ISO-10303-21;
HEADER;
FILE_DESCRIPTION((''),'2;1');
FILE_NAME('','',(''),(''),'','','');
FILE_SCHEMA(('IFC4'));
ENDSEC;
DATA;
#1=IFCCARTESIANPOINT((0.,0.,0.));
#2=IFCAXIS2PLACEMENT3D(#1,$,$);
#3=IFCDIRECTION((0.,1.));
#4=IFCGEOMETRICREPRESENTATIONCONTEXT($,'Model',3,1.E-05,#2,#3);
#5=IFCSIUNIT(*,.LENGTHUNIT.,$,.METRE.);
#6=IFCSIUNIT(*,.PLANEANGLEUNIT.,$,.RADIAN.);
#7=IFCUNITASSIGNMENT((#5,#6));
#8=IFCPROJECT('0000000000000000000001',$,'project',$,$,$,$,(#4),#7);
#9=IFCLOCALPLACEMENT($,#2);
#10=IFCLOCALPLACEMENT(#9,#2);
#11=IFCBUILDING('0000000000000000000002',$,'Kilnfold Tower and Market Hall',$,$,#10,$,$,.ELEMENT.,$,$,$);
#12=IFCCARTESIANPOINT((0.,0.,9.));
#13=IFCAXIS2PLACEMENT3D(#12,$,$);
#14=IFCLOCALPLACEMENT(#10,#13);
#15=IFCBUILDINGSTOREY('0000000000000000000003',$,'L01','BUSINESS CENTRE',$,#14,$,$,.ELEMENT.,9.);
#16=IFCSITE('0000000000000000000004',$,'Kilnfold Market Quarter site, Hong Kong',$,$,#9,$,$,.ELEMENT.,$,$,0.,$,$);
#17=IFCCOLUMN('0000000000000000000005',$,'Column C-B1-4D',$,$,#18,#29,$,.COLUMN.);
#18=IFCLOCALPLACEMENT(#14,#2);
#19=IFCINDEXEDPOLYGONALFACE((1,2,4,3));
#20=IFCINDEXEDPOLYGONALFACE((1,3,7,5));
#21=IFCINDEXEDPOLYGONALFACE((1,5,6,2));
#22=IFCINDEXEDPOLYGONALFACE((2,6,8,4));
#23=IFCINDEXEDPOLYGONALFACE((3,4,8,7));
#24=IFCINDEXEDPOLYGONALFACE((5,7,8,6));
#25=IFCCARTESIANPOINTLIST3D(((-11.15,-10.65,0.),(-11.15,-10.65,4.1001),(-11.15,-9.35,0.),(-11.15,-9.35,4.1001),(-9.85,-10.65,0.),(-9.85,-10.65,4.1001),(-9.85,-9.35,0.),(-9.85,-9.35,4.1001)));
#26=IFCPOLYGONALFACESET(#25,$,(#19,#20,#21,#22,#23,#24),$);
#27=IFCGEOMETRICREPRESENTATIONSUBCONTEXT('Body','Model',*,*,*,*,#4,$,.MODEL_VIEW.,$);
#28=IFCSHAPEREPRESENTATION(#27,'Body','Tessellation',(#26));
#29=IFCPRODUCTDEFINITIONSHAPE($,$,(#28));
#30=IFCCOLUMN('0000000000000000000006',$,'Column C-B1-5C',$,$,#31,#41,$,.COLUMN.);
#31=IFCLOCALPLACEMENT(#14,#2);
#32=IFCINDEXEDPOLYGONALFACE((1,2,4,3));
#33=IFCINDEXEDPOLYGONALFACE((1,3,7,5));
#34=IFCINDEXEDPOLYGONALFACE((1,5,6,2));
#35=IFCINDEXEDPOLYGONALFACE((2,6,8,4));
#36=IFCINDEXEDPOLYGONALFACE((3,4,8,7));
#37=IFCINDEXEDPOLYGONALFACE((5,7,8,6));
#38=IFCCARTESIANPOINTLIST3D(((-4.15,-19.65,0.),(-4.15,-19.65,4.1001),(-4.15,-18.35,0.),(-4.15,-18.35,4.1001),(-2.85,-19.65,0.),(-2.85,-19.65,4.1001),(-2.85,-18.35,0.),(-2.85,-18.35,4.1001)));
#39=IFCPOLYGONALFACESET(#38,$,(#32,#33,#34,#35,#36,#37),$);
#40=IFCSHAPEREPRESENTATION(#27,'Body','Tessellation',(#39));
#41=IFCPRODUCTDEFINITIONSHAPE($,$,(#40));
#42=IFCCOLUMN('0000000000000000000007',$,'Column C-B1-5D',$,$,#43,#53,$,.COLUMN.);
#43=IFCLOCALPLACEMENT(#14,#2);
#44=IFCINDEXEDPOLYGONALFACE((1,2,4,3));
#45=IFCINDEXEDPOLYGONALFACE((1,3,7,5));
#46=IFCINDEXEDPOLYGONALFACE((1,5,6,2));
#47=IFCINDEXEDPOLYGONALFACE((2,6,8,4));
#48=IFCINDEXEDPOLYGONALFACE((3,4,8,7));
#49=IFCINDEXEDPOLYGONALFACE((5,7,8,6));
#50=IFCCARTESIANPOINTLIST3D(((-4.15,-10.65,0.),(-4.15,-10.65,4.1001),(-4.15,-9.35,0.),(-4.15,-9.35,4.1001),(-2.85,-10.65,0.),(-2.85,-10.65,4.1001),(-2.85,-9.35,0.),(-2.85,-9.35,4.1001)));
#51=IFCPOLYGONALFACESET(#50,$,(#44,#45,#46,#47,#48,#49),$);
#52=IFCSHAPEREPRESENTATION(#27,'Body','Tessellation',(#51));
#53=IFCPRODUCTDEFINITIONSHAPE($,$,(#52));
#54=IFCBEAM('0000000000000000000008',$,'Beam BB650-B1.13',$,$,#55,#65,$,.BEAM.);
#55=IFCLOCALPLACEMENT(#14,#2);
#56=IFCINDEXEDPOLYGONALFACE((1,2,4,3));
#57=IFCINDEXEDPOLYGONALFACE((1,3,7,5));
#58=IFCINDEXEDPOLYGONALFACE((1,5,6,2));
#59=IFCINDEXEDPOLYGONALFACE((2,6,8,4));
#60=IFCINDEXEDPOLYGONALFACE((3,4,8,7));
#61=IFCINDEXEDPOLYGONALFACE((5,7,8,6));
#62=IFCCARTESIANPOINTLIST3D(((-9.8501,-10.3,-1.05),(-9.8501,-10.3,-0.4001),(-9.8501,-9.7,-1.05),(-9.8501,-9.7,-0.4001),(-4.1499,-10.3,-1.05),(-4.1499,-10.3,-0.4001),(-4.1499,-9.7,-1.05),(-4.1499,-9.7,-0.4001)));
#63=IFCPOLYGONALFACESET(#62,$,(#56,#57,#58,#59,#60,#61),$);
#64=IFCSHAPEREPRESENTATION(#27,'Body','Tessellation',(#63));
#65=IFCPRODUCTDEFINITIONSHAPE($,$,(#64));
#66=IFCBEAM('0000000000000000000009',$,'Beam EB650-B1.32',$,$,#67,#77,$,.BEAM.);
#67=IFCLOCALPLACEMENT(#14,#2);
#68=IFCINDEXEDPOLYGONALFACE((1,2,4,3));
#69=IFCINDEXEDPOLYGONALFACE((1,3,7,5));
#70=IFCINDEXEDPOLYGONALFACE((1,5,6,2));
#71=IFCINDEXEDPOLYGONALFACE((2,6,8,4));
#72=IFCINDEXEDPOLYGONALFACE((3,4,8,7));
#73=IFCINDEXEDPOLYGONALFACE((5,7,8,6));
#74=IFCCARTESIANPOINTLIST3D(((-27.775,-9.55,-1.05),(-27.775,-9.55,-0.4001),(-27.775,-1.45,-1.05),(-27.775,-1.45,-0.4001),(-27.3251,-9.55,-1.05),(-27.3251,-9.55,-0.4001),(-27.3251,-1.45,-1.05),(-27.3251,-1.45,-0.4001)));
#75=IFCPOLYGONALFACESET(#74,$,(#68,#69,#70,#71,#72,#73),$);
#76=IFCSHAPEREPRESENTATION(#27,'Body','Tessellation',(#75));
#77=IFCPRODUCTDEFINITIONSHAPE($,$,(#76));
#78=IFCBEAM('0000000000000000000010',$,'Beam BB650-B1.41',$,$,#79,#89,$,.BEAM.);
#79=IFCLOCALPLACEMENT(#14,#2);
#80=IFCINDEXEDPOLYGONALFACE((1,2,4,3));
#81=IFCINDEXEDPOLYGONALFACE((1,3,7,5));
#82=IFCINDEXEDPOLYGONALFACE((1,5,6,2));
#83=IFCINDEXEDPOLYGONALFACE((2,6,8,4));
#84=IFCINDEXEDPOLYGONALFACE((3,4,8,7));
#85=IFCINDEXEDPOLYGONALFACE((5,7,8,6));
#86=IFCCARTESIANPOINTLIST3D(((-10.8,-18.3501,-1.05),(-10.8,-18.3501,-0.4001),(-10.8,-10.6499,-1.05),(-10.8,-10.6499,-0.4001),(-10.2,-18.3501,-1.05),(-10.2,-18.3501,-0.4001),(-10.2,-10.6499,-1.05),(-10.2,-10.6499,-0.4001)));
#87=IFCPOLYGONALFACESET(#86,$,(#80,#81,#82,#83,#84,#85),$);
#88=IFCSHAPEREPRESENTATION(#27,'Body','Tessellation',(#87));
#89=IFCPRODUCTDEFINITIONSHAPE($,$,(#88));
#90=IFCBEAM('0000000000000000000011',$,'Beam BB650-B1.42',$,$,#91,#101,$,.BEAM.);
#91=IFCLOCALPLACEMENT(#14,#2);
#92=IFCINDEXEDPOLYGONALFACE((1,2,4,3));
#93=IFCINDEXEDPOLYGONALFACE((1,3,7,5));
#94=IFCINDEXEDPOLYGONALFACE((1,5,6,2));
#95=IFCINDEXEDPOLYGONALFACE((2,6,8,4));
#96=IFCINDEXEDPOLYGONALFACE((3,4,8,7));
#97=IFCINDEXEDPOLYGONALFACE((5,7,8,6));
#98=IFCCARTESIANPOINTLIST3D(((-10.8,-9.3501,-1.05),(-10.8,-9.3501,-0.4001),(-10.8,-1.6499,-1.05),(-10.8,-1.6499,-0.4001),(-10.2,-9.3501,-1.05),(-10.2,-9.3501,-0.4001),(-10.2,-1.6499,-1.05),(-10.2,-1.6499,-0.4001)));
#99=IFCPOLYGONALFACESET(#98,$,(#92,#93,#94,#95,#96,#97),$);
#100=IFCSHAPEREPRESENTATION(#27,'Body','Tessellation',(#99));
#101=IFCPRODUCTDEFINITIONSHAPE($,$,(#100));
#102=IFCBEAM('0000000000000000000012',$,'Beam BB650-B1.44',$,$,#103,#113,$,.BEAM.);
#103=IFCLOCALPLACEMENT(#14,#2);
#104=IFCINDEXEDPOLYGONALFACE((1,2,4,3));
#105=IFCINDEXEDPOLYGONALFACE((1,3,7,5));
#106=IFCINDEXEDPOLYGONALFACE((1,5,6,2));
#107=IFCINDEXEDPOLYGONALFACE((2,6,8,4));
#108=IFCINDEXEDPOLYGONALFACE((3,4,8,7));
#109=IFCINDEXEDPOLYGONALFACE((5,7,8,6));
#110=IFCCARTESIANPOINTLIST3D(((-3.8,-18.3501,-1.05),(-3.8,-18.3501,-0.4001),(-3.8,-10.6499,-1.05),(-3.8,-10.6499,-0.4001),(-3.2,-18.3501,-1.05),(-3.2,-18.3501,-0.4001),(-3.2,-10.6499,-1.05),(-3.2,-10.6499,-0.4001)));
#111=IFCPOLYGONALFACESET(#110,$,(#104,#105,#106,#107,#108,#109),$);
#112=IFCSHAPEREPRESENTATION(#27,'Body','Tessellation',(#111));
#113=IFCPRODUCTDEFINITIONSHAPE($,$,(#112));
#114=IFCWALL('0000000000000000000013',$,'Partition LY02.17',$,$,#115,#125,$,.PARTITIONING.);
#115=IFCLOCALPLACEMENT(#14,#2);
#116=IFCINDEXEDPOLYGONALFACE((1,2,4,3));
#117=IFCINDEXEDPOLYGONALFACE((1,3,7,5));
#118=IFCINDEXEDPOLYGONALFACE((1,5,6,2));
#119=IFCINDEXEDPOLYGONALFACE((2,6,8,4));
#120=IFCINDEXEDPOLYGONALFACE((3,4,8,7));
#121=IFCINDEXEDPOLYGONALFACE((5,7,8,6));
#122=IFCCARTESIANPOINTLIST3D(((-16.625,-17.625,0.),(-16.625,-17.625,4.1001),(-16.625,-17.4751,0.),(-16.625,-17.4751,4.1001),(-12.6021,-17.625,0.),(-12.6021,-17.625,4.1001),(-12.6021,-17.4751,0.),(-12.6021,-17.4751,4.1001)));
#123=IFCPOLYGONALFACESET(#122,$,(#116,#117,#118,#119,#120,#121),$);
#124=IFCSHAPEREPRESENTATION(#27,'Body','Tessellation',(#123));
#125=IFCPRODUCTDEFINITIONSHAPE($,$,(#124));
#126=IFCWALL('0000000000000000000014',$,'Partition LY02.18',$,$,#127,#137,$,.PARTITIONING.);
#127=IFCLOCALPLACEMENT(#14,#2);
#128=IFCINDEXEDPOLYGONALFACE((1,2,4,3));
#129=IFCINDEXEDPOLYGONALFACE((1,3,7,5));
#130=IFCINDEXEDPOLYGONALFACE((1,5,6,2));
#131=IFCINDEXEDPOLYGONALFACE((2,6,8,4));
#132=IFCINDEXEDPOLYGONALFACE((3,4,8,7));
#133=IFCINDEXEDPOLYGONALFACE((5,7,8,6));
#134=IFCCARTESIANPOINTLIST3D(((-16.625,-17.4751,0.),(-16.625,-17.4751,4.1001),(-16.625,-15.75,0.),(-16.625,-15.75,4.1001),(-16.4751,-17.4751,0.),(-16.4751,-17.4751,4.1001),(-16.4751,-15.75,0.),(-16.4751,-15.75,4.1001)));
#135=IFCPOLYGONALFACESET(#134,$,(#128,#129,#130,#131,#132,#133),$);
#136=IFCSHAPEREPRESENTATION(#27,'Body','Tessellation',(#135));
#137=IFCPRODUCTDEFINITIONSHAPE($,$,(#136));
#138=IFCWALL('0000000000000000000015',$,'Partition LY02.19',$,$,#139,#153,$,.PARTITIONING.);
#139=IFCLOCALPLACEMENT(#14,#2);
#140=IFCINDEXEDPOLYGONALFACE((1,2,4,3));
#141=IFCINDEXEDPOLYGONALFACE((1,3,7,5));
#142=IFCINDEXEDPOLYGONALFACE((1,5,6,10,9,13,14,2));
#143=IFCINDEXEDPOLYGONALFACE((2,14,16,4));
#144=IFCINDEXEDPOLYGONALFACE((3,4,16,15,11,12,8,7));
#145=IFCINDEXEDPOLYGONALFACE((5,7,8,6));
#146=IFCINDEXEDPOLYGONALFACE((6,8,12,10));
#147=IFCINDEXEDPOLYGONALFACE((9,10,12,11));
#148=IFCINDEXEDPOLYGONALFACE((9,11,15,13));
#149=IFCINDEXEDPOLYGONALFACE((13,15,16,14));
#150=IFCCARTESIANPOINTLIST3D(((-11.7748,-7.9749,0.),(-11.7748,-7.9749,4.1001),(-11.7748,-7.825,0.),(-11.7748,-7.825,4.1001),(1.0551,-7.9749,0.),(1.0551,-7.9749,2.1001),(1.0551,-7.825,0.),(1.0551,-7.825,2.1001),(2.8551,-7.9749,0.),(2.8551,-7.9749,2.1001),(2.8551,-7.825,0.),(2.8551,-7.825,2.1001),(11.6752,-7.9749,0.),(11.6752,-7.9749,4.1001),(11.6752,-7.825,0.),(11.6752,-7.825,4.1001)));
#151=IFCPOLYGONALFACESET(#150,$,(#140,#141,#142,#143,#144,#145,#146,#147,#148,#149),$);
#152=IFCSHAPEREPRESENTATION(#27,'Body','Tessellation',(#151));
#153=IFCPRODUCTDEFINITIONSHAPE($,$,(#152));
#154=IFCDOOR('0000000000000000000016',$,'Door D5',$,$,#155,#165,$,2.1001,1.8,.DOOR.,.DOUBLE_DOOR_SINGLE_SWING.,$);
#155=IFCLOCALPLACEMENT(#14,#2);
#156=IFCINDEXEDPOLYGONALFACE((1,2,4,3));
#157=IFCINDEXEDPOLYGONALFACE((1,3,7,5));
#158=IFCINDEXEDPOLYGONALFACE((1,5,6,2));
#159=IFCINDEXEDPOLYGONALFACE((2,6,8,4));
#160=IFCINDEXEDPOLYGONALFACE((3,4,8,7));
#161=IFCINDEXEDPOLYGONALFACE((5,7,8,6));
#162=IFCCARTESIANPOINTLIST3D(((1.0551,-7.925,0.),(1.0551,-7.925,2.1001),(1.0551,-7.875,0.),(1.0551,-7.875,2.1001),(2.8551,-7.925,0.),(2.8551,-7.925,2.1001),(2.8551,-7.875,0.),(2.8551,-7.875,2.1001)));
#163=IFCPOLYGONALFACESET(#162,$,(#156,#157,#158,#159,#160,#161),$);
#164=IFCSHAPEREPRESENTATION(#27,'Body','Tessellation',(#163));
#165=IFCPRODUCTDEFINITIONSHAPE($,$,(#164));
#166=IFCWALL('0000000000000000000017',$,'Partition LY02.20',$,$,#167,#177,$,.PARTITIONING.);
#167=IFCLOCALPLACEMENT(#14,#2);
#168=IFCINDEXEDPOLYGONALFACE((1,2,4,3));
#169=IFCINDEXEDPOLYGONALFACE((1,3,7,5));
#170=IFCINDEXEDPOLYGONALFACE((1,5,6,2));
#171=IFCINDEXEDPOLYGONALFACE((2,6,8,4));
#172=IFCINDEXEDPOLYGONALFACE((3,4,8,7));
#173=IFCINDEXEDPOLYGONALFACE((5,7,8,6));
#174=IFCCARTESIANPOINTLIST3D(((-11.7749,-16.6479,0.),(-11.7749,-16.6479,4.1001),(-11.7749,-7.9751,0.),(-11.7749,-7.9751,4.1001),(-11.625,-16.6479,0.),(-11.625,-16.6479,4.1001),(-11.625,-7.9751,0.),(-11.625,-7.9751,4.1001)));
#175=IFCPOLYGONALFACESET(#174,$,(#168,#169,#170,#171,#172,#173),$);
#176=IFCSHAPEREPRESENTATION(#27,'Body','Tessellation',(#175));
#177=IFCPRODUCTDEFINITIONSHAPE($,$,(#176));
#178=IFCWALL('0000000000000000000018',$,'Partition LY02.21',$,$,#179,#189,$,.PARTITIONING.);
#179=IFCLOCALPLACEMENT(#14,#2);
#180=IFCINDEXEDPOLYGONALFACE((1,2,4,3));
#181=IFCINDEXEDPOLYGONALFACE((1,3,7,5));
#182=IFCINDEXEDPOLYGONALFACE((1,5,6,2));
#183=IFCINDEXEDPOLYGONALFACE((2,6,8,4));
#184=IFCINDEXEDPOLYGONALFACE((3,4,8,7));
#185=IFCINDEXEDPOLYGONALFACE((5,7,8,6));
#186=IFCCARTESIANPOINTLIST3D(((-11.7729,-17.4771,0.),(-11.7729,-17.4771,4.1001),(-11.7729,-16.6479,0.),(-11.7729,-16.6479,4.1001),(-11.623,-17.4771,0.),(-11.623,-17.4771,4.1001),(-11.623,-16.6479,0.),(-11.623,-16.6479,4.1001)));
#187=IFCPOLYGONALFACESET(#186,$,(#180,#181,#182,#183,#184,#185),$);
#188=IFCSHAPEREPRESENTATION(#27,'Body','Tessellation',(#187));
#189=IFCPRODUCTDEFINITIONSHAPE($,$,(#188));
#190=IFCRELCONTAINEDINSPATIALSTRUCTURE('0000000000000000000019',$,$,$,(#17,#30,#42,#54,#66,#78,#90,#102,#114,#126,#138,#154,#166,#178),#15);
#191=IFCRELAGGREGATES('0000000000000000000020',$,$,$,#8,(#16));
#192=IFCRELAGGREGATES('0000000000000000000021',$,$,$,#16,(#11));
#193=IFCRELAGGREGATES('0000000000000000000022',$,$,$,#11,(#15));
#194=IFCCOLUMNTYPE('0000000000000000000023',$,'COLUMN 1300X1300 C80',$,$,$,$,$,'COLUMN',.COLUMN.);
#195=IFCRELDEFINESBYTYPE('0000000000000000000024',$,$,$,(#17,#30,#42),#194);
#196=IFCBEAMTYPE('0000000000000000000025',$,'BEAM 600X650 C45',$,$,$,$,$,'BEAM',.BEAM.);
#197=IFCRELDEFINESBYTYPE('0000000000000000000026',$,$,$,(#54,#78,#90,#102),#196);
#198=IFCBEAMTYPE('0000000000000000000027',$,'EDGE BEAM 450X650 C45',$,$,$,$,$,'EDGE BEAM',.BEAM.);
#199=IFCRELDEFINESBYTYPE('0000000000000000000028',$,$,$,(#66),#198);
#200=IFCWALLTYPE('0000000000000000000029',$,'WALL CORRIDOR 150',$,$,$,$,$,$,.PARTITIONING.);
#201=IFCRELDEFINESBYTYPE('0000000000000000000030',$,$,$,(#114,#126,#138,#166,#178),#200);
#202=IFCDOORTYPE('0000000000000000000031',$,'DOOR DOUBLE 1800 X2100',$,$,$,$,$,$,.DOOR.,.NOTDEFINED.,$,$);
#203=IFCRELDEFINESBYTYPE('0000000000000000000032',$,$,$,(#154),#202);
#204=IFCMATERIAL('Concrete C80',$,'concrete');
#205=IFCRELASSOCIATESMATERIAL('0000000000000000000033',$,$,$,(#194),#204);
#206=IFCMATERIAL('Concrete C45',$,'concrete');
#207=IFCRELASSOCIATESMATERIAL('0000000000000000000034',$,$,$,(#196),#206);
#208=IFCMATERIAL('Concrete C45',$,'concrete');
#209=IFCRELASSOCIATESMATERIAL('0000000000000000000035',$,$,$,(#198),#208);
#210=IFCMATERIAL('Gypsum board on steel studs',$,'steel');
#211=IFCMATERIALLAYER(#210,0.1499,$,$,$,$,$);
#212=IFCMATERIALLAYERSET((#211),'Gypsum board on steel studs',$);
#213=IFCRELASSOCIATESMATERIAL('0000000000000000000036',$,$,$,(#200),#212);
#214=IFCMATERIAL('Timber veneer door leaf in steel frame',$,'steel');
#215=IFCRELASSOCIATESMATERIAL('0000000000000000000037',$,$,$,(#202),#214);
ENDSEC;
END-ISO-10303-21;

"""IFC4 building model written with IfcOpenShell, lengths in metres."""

from ifc_helpers import new_model, si_unit, direction, frame, frame_2d, origin, origin_2d, place, context, subcontext, project, spatial, rectangle, extrude, source, transform, mapped, material, layer, layer_set, material_profile, profile_set, type_object, element, fill, save


model = new_model("IFC4")

# Units and contexts
model_context = context("Model", 3, precision=1e-05, world=origin(), true_north=direction((0.0, 1.0)))
body_context = subcontext(model_context, "Body", "Model", "MODEL_VIEW")
ifc_project = project(units=[si_unit("LENGTHUNIT", "METRE"), si_unit("PLANEANGLEUNIT", "RADIAN")], contexts=[model_context])

# Site, building, storey
site_placement = place(None, origin())
site = spatial("IfcSite", under=ifc_project, at=site_placement, Name="Kilnfold Market Quarter site, Hong Kong", CompositionType="ELEMENT", RefElevation=0.0)
building_placement = place(site_placement, origin())
building = spatial("IfcBuilding", under=site, at=building_placement, Name="Kilnfold Tower and Market Hall", CompositionType="ELEMENT")
storey_placement = place(building_placement, frame((0.0, 0.0, 9.0)))
storey = spatial("IfcBuildingStorey", under=building, at=storey_placement, Name="L01", Description="BUSINESS CENTRE", CompositionType="ELEMENT", Elevation=9.0)

# Columns
ifc_material_1 = material(Name="Concrete C80", Category="concrete")
ifc_material_profile_1 = material_profile(ifc_material_1, rectangle(XDim=1.3, YDim=1.3, at=origin_2d()), Name="RC 1300x1300")
ifc_profile_set_1 = profile_set([ifc_material_profile_1], Name="Concrete C80")
column_type = type_object("IfcColumnType", Name="COLUMN 1300X1300 C80", ElementType="COLUMN", PredefinedType="COLUMN", material=ifc_profile_set_1)
shared_shape_1 = source(origin(), body_context, "Body", "SweptSolid", [
    extrude(rectangle(XDim=1.3, YDim=1.3, at=origin_2d()), origin(), (0.0, 0.0, 1.0), 4.1001),
])
for number, where, z_axis, x_axis, name in (
    (1, (-10.5, -10.0, 0.0), (0.0, 0.0, 1.0), (1.0, 0.0, 0.0), "Column C-B1-4D"),
    (2, (-3.5, -19.0, 0.0), (0.0, 0.0, 1.0), (1.0, 0.0, 0.0), "Column C-B1-5C"),
    (3, (-3.5, -10.0, 0.0), (0.0, 0.0, 1.0), (1.0, 0.0, 0.0), "Column C-B1-5D"),
):
    element("IfcColumn", number, at=place(storey_placement, frame(where, z_axis=z_axis, x_axis=x_axis)), inside=storey, type_object=column_type, Name=name, PredefinedType="COLUMN", context=body_context, shape_type="MappedRepresentation", body=[
        mapped(shared_shape_1, transform((0.0, 0.0, 0.0))),
    ])

# Beams
ifc_material_2 = material(Name="Concrete C45", Category="concrete")
ifc_material_profile_2 = material_profile(ifc_material_2, rectangle(XDim=0.6001, YDim=0.6499, at=origin_2d()), Name="RC 600x650")
ifc_profile_set_2 = profile_set([ifc_material_profile_2], Name="Concrete C45")
beam_type_1 = type_object("IfcBeamType", Name="BEAM 600X650 C45", ElementType="BEAM", PredefinedType="BEAM", material=ifc_profile_set_2)
shared_shape_2 = source(origin(), body_context, "Body", "SweptSolid", [
    extrude(rectangle(XDim=0.6001, YDim=0.6499, at=origin_2d()), origin(), (0.0, 0.0, 1.0), 5.7002),
])
beam_1_placement = place(storey_placement, frame((-9.8501, -10.0, -0.7251), z_axis=(1.0, 0.0, 0.0), x_axis=(0.0, 1.0, 0.0)))
element("IfcBeam", 4, at=beam_1_placement, inside=storey, type_object=beam_type_1, Name="Beam BB650-B1.13", PredefinedType="BEAM", context=body_context, shape_type="MappedRepresentation", body=[
    mapped(shared_shape_2, transform((0.0, 0.0, 0.0))),
])
ifc_material_3 = material(Name="Concrete C45", Category="concrete")
ifc_material_profile_3 = material_profile(ifc_material_3, rectangle(XDim=0.45, YDim=0.6499, at=origin_2d()), Name="RC 450x650")
ifc_profile_set_3 = profile_set([ifc_material_profile_3], Name="Concrete C45")
beam_type_2 = type_object("IfcBeamType", Name="EDGE BEAM 450X650 C45", ElementType="EDGE BEAM", PredefinedType="BEAM", material=ifc_profile_set_3)
shared_shape_3 = source(origin(), body_context, "Body", "SweptSolid", [
    extrude(rectangle(XDim=0.45, YDim=0.6499, at=origin_2d()), origin(), (0.0, 0.0, 1.0), 8.1001),
])
beam_2_placement = place(storey_placement, frame((-27.55, -9.55, -0.7251), z_axis=(0.0, 1.0, 0.0), x_axis=(-1.0, 0.0, 0.0)))
element("IfcBeam", 5, at=beam_2_placement, inside=storey, type_object=beam_type_2, Name="Beam EB650-B1.32", PredefinedType="BEAM", context=body_context, shape_type="MappedRepresentation", body=[
    mapped(shared_shape_3, transform((0.0, 0.0, 0.0))),
])
shared_shape_4 = source(origin(), body_context, "Body", "SweptSolid", [
    extrude(rectangle(XDim=0.6001, YDim=0.6499, at=origin_2d()), origin(), (0.0, 0.0, 1.0), 7.7002),
])
for number, where, z_axis, x_axis, name in (
    (6, (-10.5, -18.3501, -0.7251), (0.0, 1.0, 0.0), (-1.0, 0.0, 0.0), "Beam BB650-B1.41"),
    (7, (-10.5, -9.3501, -0.7251), (0.0, 1.0, 0.0), (-1.0, 0.0, 0.0), "Beam BB650-B1.42"),
    (8, (-3.5, -18.3501, -0.7251), (0.0, 1.0, 0.0), (-1.0, 0.0, 0.0), "Beam BB650-B1.44"),
):
    element("IfcBeam", number, at=place(storey_placement, frame(where, z_axis=z_axis, x_axis=x_axis)), inside=storey, type_object=beam_type_1, Name=name, PredefinedType="BEAM", context=body_context, shape_type="MappedRepresentation", body=[
        mapped(shared_shape_4, transform((0.0, 0.0, 0.0))),
    ])

# Walls
ifc_material_4 = material(Name="Gypsum board on steel studs", Category="steel")
ifc_layer_1 = layer(ifc_material_4, 0.1499)
ifc_layer_set_1 = layer_set([ifc_layer_1], Name="Gypsum board on steel studs")
wall_type_1 = type_object("IfcWallType", Name="WALL CORRIDOR 150", PredefinedType="PARTITIONING", material=ifc_layer_set_1)
wall_1_placement = place(storey_placement, frame((-16.625, -17.55, 0.0), z_axis=(0.0, 0.0, 1.0), x_axis=(1.0, 0.0, 0.0)))
element("IfcWall", 9, at=wall_1_placement, inside=storey, type_object=wall_type_1, Name="Partition LY02.17", PredefinedType="PARTITIONING", context=body_context, shape_type="SweptSolid", body=[
    extrude(rectangle(XDim=4.0229, YDim=0.1499, at=frame_2d((2.0115, 0.0))), origin(), (0.0, 0.0, 1.0), 4.1001),
])
wall_2_placement = place(storey_placement, frame((-16.55, -15.75, 0.0), z_axis=(0.0, 0.0, 1.0), x_axis=(0.0, -1.0, 0.0)))
element("IfcWall", 10, at=wall_2_placement, inside=storey, type_object=wall_type_1, Name="Partition LY02.18", PredefinedType="PARTITIONING", context=body_context, shape_type="SweptSolid", body=[
    extrude(rectangle(XDim=1.7251, YDim=0.1499, at=frame_2d((0.8625, 0.0))), origin(), (0.0, 0.0, 1.0), 4.1001),
])

# Wall, opening, door
wall_3_placement = place(storey_placement, frame((-11.7749, -7.8999, 0.0), z_axis=(0.0, 0.0, 1.0), x_axis=(1.0, 0.0, 0.0)))
wall_3 = element("IfcWall", 11, at=wall_3_placement, inside=storey, type_object=wall_type_1, Name="Partition LY02.19", PredefinedType="PARTITIONING", context=body_context, shape_type="SweptSolid", body=[
    extrude(rectangle(XDim=23.45, YDim=0.1499, at=frame_2d((11.7251, 0.0))), origin(), (0.0, 0.0, 1.0), 4.1001),
])
opening_1_placement = place(wall_3_placement, frame((12.8301, 0.0, 0.0)))
opening_1 = element("IfcOpeningElement", 12, at=opening_1_placement, cuts=wall_3, PredefinedType="OPENING", context=body_context, shape_type="SweptSolid", body=[
    extrude(rectangle(XDim=1.8, YDim=2.1001, at=frame_2d((0.8999, 1.05))), frame((0.0, 0.085, 0.0), z_axis=(0.0, -1.0, 0.0), x_axis=(1.0, 0.0, 0.0)), (0.0, 0.0, 1.0), 0.1699),
])
ifc_material_5 = material(Name="Timber veneer door leaf in steel frame", Category="steel")
door_type_1 = type_object("IfcDoorType", Name="DOOR DOUBLE 1800 X2100", OperationType="NOTDEFINED", PredefinedType="DOOR", material=ifc_material_5)
door_1_placement = place(opening_1_placement, origin())
door_1 = element("IfcDoor", 13, at=door_1_placement, inside=storey, type_object=door_type_1, Name="Door D5", OperationType="DOUBLE_DOOR_SINGLE_SWING", OverallHeight=2.1001, OverallWidth=1.8, PredefinedType="DOOR", context=body_context, shape_type="SweptSolid", body=[
    extrude(rectangle(XDim=1.8, YDim=2.1001, at=frame_2d((0.8999, 1.05))), frame((0.0, 0.0249, 0.0), z_axis=(0.0, -1.0, 0.0), x_axis=(1.0, 0.0, 0.0)), (0.0, 0.0, 1.0), 0.05),
])
fill(opening_1, door_1)

# Walls
wall_4_placement = place(storey_placement, frame((-11.7, -16.6479, 0.0), z_axis=(0.0, 0.0, 1.0), x_axis=(0.0, 1.0, 0.0)))
element("IfcWall", 14, at=wall_4_placement, inside=storey, type_object=wall_type_1, Name="Partition LY02.20", PredefinedType="PARTITIONING", context=body_context, shape_type="SweptSolid", body=[
    extrude(rectangle(XDim=8.6729, YDim=0.1499, at=frame_2d((4.3364, 0.0))), origin(), (0.0, 0.0, 1.0), 4.1001),
])
wall_5_placement = place(storey_placement, frame((-11.698, -17.4771, 0.0), z_axis=(0.0, 0.0, 1.0), x_axis=(0.0, 1.0, 0.0)))
element("IfcWall", 15, at=wall_5_placement, inside=storey, type_object=wall_type_1, Name="Partition LY02.21", PredefinedType="PARTITIONING", context=body_context, shape_type="SweptSolid", body=[
    extrude(rectangle(XDim=0.8291, YDim=0.1499, at=frame_2d((0.4146, 0.0))), origin(), (0.0, 0.0, 1.0), 4.1001),
])

save(model, "model.ifc")
